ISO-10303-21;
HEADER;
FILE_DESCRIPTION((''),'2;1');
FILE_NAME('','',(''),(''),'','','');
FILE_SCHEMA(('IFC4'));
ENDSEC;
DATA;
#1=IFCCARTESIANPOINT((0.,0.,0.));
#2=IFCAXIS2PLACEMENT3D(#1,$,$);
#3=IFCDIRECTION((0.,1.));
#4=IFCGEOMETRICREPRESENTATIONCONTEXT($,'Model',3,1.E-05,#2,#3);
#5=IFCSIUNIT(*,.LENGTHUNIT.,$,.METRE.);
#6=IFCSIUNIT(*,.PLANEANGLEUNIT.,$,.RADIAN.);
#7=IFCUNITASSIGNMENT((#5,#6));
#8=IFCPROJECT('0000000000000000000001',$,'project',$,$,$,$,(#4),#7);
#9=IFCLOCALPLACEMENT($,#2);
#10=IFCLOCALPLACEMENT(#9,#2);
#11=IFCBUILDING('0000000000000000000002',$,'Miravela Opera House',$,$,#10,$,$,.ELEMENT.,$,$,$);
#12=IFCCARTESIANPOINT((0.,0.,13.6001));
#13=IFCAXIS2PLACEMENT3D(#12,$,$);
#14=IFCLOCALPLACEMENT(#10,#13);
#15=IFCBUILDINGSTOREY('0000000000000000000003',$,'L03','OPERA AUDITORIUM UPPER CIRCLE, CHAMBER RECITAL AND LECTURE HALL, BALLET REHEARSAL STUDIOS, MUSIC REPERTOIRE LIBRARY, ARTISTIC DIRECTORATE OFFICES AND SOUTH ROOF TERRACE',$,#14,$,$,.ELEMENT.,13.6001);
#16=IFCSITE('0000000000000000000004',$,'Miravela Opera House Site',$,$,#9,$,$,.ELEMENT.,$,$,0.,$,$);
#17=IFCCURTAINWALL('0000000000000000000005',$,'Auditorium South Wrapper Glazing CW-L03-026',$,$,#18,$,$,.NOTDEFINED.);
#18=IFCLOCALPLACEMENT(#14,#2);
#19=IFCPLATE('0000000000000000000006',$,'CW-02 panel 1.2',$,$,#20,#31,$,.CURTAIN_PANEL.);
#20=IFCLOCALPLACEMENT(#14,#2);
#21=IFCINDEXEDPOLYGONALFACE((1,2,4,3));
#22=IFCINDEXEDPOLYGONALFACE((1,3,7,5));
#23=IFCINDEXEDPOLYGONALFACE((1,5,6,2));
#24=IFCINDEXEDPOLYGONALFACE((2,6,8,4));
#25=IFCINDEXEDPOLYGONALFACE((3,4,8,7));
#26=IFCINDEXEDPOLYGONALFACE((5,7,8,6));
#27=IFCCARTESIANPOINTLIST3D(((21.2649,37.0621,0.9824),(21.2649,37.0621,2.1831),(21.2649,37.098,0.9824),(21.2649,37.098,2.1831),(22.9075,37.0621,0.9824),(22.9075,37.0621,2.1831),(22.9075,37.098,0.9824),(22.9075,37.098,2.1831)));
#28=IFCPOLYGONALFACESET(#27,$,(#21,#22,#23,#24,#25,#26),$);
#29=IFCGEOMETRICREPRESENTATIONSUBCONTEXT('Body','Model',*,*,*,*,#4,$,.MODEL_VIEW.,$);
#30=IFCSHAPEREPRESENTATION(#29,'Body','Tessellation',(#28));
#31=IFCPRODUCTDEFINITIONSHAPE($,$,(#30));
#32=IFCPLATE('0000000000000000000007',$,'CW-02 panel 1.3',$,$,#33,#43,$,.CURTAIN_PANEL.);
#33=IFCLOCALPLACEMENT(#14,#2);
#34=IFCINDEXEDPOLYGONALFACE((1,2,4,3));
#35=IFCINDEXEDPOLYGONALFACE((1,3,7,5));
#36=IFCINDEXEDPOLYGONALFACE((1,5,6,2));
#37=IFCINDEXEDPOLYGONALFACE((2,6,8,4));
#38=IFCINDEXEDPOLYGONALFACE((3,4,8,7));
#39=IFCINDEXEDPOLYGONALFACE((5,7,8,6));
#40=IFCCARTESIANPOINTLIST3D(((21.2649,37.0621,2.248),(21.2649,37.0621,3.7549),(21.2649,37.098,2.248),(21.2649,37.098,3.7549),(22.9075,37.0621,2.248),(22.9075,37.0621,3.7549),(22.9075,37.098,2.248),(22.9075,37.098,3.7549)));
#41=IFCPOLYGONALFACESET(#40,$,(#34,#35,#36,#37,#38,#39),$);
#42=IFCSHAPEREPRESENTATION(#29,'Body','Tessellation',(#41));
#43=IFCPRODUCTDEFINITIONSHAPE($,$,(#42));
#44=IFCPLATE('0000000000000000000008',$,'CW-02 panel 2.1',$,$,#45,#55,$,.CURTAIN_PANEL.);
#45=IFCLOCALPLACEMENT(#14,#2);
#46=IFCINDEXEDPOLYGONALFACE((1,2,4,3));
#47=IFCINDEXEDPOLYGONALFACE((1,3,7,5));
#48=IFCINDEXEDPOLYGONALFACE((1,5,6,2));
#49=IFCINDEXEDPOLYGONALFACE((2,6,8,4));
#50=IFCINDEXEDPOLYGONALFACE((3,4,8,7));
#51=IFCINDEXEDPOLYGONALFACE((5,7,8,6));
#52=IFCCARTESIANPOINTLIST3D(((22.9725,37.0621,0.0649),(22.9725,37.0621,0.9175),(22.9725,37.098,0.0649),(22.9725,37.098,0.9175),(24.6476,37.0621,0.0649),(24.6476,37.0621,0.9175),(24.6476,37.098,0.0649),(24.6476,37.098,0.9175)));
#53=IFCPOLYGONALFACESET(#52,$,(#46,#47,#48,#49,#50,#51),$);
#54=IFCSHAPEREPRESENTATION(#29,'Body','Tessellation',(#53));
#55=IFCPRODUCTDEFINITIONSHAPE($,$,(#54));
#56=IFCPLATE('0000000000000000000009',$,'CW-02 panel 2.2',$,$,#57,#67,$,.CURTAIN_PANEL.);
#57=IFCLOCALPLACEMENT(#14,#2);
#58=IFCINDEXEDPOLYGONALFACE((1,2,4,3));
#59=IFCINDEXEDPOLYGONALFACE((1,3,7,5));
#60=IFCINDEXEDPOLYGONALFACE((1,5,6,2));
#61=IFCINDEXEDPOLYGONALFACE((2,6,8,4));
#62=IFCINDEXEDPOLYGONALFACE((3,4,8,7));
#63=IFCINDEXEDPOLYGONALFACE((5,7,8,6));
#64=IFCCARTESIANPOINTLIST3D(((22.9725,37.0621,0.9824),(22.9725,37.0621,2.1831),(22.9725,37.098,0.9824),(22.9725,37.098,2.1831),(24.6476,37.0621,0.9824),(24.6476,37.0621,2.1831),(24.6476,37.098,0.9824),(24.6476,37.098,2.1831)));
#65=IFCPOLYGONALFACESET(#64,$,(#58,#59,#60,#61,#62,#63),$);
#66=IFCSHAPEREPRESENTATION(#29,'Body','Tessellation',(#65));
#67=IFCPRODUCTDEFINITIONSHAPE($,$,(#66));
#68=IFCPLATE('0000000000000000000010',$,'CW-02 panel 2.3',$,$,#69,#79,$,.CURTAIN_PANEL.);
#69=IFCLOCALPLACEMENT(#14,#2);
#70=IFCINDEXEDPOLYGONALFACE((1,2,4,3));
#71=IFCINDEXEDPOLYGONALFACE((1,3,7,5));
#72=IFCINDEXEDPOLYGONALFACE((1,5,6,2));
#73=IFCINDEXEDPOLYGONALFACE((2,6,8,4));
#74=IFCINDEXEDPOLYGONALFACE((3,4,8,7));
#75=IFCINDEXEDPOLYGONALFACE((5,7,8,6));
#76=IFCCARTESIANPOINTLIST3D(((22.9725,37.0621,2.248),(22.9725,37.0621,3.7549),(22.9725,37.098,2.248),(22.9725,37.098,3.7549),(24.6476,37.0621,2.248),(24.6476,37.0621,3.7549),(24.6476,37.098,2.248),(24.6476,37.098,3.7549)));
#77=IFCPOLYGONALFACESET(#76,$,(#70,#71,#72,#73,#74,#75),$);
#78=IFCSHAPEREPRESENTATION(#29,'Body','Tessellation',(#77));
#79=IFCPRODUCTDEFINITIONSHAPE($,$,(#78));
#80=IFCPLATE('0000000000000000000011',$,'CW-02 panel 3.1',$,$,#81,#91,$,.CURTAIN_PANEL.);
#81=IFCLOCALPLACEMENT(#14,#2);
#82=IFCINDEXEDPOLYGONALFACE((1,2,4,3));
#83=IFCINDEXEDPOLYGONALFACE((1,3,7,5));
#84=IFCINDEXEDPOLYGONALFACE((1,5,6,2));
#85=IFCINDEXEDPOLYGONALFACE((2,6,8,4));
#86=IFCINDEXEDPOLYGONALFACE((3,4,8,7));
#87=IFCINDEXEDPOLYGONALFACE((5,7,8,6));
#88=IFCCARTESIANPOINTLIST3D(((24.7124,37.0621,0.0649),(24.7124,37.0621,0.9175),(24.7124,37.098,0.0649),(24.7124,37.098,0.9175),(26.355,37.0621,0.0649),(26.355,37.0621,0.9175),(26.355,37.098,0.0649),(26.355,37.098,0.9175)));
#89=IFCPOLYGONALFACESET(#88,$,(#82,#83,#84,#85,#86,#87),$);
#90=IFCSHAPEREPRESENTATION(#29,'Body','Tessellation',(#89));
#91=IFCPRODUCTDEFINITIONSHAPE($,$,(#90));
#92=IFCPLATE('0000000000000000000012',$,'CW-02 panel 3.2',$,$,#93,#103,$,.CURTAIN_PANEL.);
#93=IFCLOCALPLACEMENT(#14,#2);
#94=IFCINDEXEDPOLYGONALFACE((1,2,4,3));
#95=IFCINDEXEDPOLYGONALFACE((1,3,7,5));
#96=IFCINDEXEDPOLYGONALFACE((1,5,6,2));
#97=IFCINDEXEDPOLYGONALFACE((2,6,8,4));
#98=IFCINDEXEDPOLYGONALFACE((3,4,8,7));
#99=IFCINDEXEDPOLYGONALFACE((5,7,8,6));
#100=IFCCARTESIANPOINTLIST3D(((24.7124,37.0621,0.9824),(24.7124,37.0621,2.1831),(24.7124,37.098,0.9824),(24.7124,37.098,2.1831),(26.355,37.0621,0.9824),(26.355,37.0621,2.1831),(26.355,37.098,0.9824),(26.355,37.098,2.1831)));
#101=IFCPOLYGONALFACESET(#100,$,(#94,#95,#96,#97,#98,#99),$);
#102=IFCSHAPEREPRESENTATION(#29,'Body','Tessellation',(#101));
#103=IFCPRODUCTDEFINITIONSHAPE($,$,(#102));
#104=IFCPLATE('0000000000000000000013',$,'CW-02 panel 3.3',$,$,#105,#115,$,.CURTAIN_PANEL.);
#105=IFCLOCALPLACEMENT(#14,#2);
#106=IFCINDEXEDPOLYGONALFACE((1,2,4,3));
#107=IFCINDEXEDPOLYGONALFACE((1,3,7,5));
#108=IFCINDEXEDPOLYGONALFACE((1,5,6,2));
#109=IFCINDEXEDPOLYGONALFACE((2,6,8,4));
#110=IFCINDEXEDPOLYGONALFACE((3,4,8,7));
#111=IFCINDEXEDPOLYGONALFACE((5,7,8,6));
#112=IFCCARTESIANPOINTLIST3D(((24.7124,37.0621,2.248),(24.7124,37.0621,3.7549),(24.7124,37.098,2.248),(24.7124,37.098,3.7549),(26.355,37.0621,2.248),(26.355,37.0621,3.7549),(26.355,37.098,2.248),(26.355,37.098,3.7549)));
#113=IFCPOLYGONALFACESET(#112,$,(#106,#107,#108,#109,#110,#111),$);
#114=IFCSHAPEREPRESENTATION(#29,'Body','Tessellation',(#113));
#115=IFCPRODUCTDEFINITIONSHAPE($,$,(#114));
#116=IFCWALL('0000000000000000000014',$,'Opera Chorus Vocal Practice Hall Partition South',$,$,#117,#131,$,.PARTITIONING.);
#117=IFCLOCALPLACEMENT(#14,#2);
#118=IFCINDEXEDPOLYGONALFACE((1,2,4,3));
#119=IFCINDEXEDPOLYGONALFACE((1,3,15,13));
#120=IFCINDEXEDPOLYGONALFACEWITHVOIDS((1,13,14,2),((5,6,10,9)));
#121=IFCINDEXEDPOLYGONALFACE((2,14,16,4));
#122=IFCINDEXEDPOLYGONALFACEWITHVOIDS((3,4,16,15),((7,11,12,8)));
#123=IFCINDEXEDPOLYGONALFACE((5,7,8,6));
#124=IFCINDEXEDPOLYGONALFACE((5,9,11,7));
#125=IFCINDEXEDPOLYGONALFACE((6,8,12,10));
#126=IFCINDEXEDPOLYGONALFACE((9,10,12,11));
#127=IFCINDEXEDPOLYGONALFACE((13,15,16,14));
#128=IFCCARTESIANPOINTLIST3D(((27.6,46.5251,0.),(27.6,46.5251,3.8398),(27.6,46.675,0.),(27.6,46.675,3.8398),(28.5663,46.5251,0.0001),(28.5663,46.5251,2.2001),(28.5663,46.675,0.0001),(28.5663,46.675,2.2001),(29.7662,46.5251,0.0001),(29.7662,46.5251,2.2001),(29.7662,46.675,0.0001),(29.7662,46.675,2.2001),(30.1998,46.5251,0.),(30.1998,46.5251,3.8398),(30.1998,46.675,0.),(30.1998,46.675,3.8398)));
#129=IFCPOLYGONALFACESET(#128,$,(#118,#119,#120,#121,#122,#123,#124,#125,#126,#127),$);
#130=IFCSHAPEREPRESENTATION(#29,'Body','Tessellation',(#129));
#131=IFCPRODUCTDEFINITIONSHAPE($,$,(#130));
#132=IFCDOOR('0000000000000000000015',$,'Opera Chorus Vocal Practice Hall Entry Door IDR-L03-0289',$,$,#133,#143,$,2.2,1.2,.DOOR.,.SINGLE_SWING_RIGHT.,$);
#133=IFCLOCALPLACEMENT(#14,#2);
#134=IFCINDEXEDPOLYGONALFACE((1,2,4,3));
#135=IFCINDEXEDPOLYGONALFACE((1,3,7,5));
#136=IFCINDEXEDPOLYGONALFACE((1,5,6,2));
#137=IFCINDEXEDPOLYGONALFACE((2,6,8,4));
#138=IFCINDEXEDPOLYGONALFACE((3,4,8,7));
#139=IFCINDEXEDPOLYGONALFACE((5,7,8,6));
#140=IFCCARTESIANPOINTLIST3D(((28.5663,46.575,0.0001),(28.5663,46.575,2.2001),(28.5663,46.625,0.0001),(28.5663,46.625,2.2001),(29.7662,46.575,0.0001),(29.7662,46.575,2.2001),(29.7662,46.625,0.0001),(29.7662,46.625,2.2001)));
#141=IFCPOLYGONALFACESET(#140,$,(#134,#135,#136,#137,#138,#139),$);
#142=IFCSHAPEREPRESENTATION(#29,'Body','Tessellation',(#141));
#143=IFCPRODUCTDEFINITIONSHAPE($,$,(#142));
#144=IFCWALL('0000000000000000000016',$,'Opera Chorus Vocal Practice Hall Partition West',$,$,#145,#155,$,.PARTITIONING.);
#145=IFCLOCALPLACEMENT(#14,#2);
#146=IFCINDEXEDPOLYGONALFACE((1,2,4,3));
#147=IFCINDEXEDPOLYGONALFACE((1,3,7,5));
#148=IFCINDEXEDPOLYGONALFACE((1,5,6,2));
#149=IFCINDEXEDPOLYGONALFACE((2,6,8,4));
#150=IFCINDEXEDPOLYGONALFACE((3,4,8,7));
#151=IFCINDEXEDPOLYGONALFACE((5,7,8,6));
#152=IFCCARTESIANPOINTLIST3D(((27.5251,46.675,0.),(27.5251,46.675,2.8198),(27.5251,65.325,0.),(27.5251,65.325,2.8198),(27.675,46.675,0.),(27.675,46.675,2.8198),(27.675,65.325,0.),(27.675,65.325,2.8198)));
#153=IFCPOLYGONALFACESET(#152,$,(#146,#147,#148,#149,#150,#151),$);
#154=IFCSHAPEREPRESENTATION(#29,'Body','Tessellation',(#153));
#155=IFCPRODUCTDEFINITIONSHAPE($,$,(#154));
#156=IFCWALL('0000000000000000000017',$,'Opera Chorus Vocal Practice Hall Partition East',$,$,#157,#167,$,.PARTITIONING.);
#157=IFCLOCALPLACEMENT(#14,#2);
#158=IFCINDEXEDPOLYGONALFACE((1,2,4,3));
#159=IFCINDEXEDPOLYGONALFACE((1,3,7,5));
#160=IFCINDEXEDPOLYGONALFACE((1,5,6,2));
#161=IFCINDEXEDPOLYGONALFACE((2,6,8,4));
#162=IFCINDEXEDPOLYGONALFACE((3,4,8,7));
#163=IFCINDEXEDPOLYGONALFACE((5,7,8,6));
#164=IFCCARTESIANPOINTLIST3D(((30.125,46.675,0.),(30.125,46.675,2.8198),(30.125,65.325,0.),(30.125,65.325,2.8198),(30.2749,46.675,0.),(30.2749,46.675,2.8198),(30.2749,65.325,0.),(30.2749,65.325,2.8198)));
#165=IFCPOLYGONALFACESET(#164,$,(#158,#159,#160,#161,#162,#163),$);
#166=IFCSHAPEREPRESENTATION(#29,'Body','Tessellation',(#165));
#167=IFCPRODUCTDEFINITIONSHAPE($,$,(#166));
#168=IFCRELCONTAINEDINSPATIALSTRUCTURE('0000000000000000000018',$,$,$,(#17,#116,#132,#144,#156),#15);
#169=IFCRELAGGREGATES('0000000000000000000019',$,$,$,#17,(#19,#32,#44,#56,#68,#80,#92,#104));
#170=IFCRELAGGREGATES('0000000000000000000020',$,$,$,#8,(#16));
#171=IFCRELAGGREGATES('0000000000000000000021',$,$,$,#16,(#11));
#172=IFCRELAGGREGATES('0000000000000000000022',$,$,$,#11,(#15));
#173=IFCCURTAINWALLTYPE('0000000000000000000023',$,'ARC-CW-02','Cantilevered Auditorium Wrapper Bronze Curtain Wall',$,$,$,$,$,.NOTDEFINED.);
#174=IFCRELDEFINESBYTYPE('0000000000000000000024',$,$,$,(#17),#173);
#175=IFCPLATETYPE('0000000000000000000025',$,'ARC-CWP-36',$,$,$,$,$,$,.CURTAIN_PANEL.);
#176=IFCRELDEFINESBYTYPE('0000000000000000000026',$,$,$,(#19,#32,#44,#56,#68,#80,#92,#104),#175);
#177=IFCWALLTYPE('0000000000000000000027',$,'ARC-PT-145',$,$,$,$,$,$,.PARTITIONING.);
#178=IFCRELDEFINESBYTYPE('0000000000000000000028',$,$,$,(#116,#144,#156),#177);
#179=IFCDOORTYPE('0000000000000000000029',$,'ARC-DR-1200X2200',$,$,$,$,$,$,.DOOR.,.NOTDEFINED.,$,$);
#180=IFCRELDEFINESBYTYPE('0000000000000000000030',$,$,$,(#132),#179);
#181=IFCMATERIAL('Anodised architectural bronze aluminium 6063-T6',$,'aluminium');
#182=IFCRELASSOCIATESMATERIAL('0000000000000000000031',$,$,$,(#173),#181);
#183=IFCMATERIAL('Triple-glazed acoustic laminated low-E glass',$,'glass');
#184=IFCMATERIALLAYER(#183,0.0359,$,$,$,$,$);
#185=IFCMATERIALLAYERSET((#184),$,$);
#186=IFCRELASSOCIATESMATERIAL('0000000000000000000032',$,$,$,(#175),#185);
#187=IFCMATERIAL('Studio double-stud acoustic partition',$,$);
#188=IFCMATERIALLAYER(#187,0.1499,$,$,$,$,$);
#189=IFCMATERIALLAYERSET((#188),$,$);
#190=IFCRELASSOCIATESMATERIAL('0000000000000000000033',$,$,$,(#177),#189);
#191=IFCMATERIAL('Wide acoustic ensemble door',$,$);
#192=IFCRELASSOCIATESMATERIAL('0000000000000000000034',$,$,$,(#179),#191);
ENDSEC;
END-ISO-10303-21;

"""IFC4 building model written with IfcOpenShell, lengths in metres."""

from ifc_helpers import new_model, si_unit, direction, frame, frame_2d, origin, origin_2d, place, context, subcontext, project, spatial, rectangle, extrude, material, layer, layer_set, type_object, element, fill, aggregate, save


model = new_model("IFC4")

# Units and contexts
model_context = context("Model", 3, precision=1e-05, world=origin(), true_north=direction((0.0, 1.0)))
body_context = subcontext(model_context, "Body", "Model", "MODEL_VIEW")
ifc_project = project(units=[si_unit("LENGTHUNIT", "METRE"), si_unit("PLANEANGLEUNIT", "RADIAN")], contexts=[model_context])

# Site, building, storey
site_placement = place(None, origin())
site = spatial("IfcSite", under=ifc_project, at=site_placement, Name="Miravela Opera House Site", CompositionType="ELEMENT", RefElevation=0.0)
building_placement = place(site_placement, origin())
building = spatial("IfcBuilding", under=site, at=building_placement, Name="Miravela Opera House", CompositionType="ELEMENT")
storey_placement = place(building_placement, frame((0.0, 0.0, 13.6001)))
storey = spatial("IfcBuildingStorey", under=building, at=storey_placement, Name="L03", Description="OPERA AUDITORIUM UPPER CIRCLE, CHAMBER RECITAL AND LECTURE HALL, BALLET REHEARSAL STUDIOS, MUSIC REPERTOIRE LIBRARY, ARTISTIC DIRECTORATE OFFICES AND SOUTH ROOF TERRACE", CompositionType="ELEMENT", Elevation=13.6001)

# Curtain wall
ifc_material_1 = material(Name="Anodised architectural bronze aluminium 6063-T6", Category="aluminium")
curtain_wall_type = type_object("IfcCurtainWallType", Name="ARC-CW-02", Description="Cantilevered Auditorium Wrapper Bronze Curtain Wall", PredefinedType="NOTDEFINED", material=ifc_material_1)
curtain_wall_placement = place(storey_placement, origin())
curtain_wall = element("IfcCurtainWall", 1, at=curtain_wall_placement, inside=storey, type_object=curtain_wall_type, Name="Auditorium South Wrapper Glazing CW-L03-026", PredefinedType="NOTDEFINED")

# Plates
ifc_material_2 = material(Name="Triple-glazed acoustic laminated low-E glass", Category="glass")
ifc_layer_1 = layer(ifc_material_2, 0.0359)
ifc_layer_set_1 = layer_set([ifc_layer_1])
plate_type = type_object("IfcPlateType", Name="ARC-CWP-36", PredefinedType="CURTAIN_PANEL", material=ifc_layer_set_1)
plate_1_placement = place(storey_placement, frame((22.0862, 37.0801, 0.9824), z_axis=(0.0, 0.0, 1.0), x_axis=(1.0, 0.0, 0.0)))
plate_1 = element("IfcPlate", 2, at=plate_1_placement, type_object=plate_type, Name="CW-02 panel 1.2", PredefinedType="CURTAIN_PANEL", context=body_context, shape_type="SweptSolid", body=[
    extrude(rectangle(XDim=1.6426, YDim=0.0359, at=origin_2d()), origin(), (0.0, 0.0, 1.0), 1.2007),
])
plate_2_placement = place(storey_placement, frame((22.0862, 37.0801, 2.248), z_axis=(0.0, 0.0, 1.0), x_axis=(1.0, 0.0, 0.0)))
plate_2 = element("IfcPlate", 3, at=plate_2_placement, type_object=plate_type, Name="CW-02 panel 1.3", PredefinedType="CURTAIN_PANEL", context=body_context, shape_type="SweptSolid", body=[
    extrude(rectangle(XDim=1.6426, YDim=0.0359, at=origin_2d()), origin(), (0.0, 0.0, 1.0), 1.5068),
])
plate_3_placement = place(storey_placement, frame((23.8101, 37.0801, 0.0649), z_axis=(0.0, 0.0, 1.0), x_axis=(1.0, 0.0, 0.0)))
plate_3 = element("IfcPlate", 4, at=plate_3_placement, type_object=plate_type, Name="CW-02 panel 2.1", PredefinedType="CURTAIN_PANEL", context=body_context, shape_type="SweptSolid", body=[
    extrude(rectangle(XDim=1.675, YDim=0.0359, at=origin_2d()), origin(), (0.0, 0.0, 1.0), 0.8525),
])
plate_4_placement = place(storey_placement, frame((23.8101, 37.0801, 0.9824), z_axis=(0.0, 0.0, 1.0), x_axis=(1.0, 0.0, 0.0)))
plate_4 = element("IfcPlate", 5, at=plate_4_placement, type_object=plate_type, Name="CW-02 panel 2.2", PredefinedType="CURTAIN_PANEL", context=body_context, shape_type="SweptSolid", body=[
    extrude(rectangle(XDim=1.675, YDim=0.0359, at=origin_2d()), origin(), (0.0, 0.0, 1.0), 1.2007),
])
plate_5_placement = place(storey_placement, frame((23.8101, 37.0801, 2.248), z_axis=(0.0, 0.0, 1.0), x_axis=(1.0, 0.0, 0.0)))
plate_5 = element("IfcPlate", 6, at=plate_5_placement, type_object=plate_type, Name="CW-02 panel 2.3", PredefinedType="CURTAIN_PANEL", context=body_context, shape_type="SweptSolid", body=[
    extrude(rectangle(XDim=1.675, YDim=0.0359, at=origin_2d()), origin(), (0.0, 0.0, 1.0), 1.5068),
])
plate_6_placement = place(storey_placement, frame((25.5337, 37.0801, 0.0649), z_axis=(0.0, 0.0, 1.0), x_axis=(1.0, 0.0, 0.0)))
plate_6 = element("IfcPlate", 7, at=plate_6_placement, type_object=plate_type, Name="CW-02 panel 3.1", PredefinedType="CURTAIN_PANEL", context=body_context, shape_type="SweptSolid", body=[
    extrude(rectangle(XDim=1.6426, YDim=0.0359, at=origin_2d()), origin(), (0.0, 0.0, 1.0), 0.8525),
])
plate_7_placement = place(storey_placement, frame((25.5337, 37.0801, 0.9824), z_axis=(0.0, 0.0, 1.0), x_axis=(1.0, 0.0, 0.0)))
plate_7 = element("IfcPlate", 8, at=plate_7_placement, type_object=plate_type, Name="CW-02 panel 3.2", PredefinedType="CURTAIN_PANEL", context=body_context, shape_type="SweptSolid", body=[
    extrude(rectangle(XDim=1.6426, YDim=0.0359, at=origin_2d()), origin(), (0.0, 0.0, 1.0), 1.2007),
])
plate_8_placement = place(storey_placement, frame((25.5337, 37.0801, 2.248), z_axis=(0.0, 0.0, 1.0), x_axis=(1.0, 0.0, 0.0)))
plate_8 = element("IfcPlate", 9, at=plate_8_placement, type_object=plate_type, Name="CW-02 panel 3.3", PredefinedType="CURTAIN_PANEL", context=body_context, shape_type="SweptSolid", body=[
    extrude(rectangle(XDim=1.6426, YDim=0.0359, at=origin_2d()), origin(), (0.0, 0.0, 1.0), 1.5068),
])
aggregate(curtain_wall, [plate_1, plate_2, plate_3, plate_4, plate_5, plate_6, plate_7, plate_8])

# Wall, opening, door
ifc_material_3 = material(Name="Studio double-stud acoustic partition")
ifc_layer_2 = layer(ifc_material_3, 0.1499)
ifc_layer_set_2 = layer_set([ifc_layer_2])
wall_type = type_object("IfcWallType", Name="ARC-PT-145", PredefinedType="PARTITIONING", material=ifc_layer_set_2)
wall_placement = place(storey_placement, frame((27.6001, 46.6001, 0.0), z_axis=(0.0, 0.0, 1.0), x_axis=(1.0, 0.0, 0.0)))
wall = element("IfcWall", 10, at=wall_placement, inside=storey, type_object=wall_type, Name="Opera Chorus Vocal Practice Hall Partition South", PredefinedType="PARTITIONING", context=body_context, shape_type="SweptSolid", body=[
    extrude(rectangle(XDim=2.5999, YDim=0.1499, at=frame_2d((1.2998, 0.0))), origin(), (0.0, 0.0, 1.0), 3.8398),
])
opening_placement = place(wall_placement, frame((0.9661, 0.0, 0.0)))
opening = element("IfcOpeningElement", 11, at=opening_placement, cuts=wall, PredefinedType="OPENING", context=body_context, shape_type="SweptSolid", body=[
    extrude(rectangle(XDim=1.2, YDim=2.2, at=frame_2d((0.6001, 1.1001))), frame((0.0, 0.085, 0.0), z_axis=(0.0, -1.0, 0.0), x_axis=(1.0, 0.0, 0.0)), (0.0, 0.0, 1.0), 0.1699),
])
ifc_material_4 = material(Name="Wide acoustic ensemble door")
door_type = type_object("IfcDoorType", Name="ARC-DR-1200X2200", OperationType="NOTDEFINED", PredefinedType="DOOR", material=ifc_material_4)
door_placement = place(opening_placement, origin())
door = element("IfcDoor", 12, at=door_placement, inside=storey, type_object=door_type, Name="Opera Chorus Vocal Practice Hall Entry Door IDR-L03-0289", OperationType="SINGLE_SWING_RIGHT", OverallHeight=2.2, OverallWidth=1.2, PredefinedType="DOOR", context=body_context, shape_type="SweptSolid", body=[
    extrude(rectangle(XDim=1.2, YDim=2.2, at=frame_2d((0.6001, 1.1001))), frame((0.0, 0.0249, 0.0), z_axis=(0.0, -1.0, 0.0), x_axis=(1.0, 0.0, 0.0)), (0.0, 0.0, 1.0), 0.05),
])
fill(opening, door)

# Walls
for number, where, z_axis, x_axis, name in (
    (13, (27.6001, 46.675, 0.0), (0.0, 0.0, 1.0), (0.0, 1.0, 0.0), "Opera Chorus Vocal Practice Hall Partition West"),
    (14, (30.2, 46.675, 0.0), (0.0, 0.0, 1.0), (0.0, 1.0, 0.0), "Opera Chorus Vocal Practice Hall Partition East"),
):
    element("IfcWall", number, at=place(storey_placement, frame(where, z_axis=z_axis, x_axis=x_axis)), inside=storey, type_object=wall_type, Name=name, PredefinedType="PARTITIONING", context=body_context, shape_type="SweptSolid", body=[
        extrude(rectangle(XDim=18.6499, YDim=0.1499, at=frame_2d((9.325, 0.0))), origin(), (0.0, 0.0, 1.0), 2.8198),
    ])

save(model, "model.ifc")
